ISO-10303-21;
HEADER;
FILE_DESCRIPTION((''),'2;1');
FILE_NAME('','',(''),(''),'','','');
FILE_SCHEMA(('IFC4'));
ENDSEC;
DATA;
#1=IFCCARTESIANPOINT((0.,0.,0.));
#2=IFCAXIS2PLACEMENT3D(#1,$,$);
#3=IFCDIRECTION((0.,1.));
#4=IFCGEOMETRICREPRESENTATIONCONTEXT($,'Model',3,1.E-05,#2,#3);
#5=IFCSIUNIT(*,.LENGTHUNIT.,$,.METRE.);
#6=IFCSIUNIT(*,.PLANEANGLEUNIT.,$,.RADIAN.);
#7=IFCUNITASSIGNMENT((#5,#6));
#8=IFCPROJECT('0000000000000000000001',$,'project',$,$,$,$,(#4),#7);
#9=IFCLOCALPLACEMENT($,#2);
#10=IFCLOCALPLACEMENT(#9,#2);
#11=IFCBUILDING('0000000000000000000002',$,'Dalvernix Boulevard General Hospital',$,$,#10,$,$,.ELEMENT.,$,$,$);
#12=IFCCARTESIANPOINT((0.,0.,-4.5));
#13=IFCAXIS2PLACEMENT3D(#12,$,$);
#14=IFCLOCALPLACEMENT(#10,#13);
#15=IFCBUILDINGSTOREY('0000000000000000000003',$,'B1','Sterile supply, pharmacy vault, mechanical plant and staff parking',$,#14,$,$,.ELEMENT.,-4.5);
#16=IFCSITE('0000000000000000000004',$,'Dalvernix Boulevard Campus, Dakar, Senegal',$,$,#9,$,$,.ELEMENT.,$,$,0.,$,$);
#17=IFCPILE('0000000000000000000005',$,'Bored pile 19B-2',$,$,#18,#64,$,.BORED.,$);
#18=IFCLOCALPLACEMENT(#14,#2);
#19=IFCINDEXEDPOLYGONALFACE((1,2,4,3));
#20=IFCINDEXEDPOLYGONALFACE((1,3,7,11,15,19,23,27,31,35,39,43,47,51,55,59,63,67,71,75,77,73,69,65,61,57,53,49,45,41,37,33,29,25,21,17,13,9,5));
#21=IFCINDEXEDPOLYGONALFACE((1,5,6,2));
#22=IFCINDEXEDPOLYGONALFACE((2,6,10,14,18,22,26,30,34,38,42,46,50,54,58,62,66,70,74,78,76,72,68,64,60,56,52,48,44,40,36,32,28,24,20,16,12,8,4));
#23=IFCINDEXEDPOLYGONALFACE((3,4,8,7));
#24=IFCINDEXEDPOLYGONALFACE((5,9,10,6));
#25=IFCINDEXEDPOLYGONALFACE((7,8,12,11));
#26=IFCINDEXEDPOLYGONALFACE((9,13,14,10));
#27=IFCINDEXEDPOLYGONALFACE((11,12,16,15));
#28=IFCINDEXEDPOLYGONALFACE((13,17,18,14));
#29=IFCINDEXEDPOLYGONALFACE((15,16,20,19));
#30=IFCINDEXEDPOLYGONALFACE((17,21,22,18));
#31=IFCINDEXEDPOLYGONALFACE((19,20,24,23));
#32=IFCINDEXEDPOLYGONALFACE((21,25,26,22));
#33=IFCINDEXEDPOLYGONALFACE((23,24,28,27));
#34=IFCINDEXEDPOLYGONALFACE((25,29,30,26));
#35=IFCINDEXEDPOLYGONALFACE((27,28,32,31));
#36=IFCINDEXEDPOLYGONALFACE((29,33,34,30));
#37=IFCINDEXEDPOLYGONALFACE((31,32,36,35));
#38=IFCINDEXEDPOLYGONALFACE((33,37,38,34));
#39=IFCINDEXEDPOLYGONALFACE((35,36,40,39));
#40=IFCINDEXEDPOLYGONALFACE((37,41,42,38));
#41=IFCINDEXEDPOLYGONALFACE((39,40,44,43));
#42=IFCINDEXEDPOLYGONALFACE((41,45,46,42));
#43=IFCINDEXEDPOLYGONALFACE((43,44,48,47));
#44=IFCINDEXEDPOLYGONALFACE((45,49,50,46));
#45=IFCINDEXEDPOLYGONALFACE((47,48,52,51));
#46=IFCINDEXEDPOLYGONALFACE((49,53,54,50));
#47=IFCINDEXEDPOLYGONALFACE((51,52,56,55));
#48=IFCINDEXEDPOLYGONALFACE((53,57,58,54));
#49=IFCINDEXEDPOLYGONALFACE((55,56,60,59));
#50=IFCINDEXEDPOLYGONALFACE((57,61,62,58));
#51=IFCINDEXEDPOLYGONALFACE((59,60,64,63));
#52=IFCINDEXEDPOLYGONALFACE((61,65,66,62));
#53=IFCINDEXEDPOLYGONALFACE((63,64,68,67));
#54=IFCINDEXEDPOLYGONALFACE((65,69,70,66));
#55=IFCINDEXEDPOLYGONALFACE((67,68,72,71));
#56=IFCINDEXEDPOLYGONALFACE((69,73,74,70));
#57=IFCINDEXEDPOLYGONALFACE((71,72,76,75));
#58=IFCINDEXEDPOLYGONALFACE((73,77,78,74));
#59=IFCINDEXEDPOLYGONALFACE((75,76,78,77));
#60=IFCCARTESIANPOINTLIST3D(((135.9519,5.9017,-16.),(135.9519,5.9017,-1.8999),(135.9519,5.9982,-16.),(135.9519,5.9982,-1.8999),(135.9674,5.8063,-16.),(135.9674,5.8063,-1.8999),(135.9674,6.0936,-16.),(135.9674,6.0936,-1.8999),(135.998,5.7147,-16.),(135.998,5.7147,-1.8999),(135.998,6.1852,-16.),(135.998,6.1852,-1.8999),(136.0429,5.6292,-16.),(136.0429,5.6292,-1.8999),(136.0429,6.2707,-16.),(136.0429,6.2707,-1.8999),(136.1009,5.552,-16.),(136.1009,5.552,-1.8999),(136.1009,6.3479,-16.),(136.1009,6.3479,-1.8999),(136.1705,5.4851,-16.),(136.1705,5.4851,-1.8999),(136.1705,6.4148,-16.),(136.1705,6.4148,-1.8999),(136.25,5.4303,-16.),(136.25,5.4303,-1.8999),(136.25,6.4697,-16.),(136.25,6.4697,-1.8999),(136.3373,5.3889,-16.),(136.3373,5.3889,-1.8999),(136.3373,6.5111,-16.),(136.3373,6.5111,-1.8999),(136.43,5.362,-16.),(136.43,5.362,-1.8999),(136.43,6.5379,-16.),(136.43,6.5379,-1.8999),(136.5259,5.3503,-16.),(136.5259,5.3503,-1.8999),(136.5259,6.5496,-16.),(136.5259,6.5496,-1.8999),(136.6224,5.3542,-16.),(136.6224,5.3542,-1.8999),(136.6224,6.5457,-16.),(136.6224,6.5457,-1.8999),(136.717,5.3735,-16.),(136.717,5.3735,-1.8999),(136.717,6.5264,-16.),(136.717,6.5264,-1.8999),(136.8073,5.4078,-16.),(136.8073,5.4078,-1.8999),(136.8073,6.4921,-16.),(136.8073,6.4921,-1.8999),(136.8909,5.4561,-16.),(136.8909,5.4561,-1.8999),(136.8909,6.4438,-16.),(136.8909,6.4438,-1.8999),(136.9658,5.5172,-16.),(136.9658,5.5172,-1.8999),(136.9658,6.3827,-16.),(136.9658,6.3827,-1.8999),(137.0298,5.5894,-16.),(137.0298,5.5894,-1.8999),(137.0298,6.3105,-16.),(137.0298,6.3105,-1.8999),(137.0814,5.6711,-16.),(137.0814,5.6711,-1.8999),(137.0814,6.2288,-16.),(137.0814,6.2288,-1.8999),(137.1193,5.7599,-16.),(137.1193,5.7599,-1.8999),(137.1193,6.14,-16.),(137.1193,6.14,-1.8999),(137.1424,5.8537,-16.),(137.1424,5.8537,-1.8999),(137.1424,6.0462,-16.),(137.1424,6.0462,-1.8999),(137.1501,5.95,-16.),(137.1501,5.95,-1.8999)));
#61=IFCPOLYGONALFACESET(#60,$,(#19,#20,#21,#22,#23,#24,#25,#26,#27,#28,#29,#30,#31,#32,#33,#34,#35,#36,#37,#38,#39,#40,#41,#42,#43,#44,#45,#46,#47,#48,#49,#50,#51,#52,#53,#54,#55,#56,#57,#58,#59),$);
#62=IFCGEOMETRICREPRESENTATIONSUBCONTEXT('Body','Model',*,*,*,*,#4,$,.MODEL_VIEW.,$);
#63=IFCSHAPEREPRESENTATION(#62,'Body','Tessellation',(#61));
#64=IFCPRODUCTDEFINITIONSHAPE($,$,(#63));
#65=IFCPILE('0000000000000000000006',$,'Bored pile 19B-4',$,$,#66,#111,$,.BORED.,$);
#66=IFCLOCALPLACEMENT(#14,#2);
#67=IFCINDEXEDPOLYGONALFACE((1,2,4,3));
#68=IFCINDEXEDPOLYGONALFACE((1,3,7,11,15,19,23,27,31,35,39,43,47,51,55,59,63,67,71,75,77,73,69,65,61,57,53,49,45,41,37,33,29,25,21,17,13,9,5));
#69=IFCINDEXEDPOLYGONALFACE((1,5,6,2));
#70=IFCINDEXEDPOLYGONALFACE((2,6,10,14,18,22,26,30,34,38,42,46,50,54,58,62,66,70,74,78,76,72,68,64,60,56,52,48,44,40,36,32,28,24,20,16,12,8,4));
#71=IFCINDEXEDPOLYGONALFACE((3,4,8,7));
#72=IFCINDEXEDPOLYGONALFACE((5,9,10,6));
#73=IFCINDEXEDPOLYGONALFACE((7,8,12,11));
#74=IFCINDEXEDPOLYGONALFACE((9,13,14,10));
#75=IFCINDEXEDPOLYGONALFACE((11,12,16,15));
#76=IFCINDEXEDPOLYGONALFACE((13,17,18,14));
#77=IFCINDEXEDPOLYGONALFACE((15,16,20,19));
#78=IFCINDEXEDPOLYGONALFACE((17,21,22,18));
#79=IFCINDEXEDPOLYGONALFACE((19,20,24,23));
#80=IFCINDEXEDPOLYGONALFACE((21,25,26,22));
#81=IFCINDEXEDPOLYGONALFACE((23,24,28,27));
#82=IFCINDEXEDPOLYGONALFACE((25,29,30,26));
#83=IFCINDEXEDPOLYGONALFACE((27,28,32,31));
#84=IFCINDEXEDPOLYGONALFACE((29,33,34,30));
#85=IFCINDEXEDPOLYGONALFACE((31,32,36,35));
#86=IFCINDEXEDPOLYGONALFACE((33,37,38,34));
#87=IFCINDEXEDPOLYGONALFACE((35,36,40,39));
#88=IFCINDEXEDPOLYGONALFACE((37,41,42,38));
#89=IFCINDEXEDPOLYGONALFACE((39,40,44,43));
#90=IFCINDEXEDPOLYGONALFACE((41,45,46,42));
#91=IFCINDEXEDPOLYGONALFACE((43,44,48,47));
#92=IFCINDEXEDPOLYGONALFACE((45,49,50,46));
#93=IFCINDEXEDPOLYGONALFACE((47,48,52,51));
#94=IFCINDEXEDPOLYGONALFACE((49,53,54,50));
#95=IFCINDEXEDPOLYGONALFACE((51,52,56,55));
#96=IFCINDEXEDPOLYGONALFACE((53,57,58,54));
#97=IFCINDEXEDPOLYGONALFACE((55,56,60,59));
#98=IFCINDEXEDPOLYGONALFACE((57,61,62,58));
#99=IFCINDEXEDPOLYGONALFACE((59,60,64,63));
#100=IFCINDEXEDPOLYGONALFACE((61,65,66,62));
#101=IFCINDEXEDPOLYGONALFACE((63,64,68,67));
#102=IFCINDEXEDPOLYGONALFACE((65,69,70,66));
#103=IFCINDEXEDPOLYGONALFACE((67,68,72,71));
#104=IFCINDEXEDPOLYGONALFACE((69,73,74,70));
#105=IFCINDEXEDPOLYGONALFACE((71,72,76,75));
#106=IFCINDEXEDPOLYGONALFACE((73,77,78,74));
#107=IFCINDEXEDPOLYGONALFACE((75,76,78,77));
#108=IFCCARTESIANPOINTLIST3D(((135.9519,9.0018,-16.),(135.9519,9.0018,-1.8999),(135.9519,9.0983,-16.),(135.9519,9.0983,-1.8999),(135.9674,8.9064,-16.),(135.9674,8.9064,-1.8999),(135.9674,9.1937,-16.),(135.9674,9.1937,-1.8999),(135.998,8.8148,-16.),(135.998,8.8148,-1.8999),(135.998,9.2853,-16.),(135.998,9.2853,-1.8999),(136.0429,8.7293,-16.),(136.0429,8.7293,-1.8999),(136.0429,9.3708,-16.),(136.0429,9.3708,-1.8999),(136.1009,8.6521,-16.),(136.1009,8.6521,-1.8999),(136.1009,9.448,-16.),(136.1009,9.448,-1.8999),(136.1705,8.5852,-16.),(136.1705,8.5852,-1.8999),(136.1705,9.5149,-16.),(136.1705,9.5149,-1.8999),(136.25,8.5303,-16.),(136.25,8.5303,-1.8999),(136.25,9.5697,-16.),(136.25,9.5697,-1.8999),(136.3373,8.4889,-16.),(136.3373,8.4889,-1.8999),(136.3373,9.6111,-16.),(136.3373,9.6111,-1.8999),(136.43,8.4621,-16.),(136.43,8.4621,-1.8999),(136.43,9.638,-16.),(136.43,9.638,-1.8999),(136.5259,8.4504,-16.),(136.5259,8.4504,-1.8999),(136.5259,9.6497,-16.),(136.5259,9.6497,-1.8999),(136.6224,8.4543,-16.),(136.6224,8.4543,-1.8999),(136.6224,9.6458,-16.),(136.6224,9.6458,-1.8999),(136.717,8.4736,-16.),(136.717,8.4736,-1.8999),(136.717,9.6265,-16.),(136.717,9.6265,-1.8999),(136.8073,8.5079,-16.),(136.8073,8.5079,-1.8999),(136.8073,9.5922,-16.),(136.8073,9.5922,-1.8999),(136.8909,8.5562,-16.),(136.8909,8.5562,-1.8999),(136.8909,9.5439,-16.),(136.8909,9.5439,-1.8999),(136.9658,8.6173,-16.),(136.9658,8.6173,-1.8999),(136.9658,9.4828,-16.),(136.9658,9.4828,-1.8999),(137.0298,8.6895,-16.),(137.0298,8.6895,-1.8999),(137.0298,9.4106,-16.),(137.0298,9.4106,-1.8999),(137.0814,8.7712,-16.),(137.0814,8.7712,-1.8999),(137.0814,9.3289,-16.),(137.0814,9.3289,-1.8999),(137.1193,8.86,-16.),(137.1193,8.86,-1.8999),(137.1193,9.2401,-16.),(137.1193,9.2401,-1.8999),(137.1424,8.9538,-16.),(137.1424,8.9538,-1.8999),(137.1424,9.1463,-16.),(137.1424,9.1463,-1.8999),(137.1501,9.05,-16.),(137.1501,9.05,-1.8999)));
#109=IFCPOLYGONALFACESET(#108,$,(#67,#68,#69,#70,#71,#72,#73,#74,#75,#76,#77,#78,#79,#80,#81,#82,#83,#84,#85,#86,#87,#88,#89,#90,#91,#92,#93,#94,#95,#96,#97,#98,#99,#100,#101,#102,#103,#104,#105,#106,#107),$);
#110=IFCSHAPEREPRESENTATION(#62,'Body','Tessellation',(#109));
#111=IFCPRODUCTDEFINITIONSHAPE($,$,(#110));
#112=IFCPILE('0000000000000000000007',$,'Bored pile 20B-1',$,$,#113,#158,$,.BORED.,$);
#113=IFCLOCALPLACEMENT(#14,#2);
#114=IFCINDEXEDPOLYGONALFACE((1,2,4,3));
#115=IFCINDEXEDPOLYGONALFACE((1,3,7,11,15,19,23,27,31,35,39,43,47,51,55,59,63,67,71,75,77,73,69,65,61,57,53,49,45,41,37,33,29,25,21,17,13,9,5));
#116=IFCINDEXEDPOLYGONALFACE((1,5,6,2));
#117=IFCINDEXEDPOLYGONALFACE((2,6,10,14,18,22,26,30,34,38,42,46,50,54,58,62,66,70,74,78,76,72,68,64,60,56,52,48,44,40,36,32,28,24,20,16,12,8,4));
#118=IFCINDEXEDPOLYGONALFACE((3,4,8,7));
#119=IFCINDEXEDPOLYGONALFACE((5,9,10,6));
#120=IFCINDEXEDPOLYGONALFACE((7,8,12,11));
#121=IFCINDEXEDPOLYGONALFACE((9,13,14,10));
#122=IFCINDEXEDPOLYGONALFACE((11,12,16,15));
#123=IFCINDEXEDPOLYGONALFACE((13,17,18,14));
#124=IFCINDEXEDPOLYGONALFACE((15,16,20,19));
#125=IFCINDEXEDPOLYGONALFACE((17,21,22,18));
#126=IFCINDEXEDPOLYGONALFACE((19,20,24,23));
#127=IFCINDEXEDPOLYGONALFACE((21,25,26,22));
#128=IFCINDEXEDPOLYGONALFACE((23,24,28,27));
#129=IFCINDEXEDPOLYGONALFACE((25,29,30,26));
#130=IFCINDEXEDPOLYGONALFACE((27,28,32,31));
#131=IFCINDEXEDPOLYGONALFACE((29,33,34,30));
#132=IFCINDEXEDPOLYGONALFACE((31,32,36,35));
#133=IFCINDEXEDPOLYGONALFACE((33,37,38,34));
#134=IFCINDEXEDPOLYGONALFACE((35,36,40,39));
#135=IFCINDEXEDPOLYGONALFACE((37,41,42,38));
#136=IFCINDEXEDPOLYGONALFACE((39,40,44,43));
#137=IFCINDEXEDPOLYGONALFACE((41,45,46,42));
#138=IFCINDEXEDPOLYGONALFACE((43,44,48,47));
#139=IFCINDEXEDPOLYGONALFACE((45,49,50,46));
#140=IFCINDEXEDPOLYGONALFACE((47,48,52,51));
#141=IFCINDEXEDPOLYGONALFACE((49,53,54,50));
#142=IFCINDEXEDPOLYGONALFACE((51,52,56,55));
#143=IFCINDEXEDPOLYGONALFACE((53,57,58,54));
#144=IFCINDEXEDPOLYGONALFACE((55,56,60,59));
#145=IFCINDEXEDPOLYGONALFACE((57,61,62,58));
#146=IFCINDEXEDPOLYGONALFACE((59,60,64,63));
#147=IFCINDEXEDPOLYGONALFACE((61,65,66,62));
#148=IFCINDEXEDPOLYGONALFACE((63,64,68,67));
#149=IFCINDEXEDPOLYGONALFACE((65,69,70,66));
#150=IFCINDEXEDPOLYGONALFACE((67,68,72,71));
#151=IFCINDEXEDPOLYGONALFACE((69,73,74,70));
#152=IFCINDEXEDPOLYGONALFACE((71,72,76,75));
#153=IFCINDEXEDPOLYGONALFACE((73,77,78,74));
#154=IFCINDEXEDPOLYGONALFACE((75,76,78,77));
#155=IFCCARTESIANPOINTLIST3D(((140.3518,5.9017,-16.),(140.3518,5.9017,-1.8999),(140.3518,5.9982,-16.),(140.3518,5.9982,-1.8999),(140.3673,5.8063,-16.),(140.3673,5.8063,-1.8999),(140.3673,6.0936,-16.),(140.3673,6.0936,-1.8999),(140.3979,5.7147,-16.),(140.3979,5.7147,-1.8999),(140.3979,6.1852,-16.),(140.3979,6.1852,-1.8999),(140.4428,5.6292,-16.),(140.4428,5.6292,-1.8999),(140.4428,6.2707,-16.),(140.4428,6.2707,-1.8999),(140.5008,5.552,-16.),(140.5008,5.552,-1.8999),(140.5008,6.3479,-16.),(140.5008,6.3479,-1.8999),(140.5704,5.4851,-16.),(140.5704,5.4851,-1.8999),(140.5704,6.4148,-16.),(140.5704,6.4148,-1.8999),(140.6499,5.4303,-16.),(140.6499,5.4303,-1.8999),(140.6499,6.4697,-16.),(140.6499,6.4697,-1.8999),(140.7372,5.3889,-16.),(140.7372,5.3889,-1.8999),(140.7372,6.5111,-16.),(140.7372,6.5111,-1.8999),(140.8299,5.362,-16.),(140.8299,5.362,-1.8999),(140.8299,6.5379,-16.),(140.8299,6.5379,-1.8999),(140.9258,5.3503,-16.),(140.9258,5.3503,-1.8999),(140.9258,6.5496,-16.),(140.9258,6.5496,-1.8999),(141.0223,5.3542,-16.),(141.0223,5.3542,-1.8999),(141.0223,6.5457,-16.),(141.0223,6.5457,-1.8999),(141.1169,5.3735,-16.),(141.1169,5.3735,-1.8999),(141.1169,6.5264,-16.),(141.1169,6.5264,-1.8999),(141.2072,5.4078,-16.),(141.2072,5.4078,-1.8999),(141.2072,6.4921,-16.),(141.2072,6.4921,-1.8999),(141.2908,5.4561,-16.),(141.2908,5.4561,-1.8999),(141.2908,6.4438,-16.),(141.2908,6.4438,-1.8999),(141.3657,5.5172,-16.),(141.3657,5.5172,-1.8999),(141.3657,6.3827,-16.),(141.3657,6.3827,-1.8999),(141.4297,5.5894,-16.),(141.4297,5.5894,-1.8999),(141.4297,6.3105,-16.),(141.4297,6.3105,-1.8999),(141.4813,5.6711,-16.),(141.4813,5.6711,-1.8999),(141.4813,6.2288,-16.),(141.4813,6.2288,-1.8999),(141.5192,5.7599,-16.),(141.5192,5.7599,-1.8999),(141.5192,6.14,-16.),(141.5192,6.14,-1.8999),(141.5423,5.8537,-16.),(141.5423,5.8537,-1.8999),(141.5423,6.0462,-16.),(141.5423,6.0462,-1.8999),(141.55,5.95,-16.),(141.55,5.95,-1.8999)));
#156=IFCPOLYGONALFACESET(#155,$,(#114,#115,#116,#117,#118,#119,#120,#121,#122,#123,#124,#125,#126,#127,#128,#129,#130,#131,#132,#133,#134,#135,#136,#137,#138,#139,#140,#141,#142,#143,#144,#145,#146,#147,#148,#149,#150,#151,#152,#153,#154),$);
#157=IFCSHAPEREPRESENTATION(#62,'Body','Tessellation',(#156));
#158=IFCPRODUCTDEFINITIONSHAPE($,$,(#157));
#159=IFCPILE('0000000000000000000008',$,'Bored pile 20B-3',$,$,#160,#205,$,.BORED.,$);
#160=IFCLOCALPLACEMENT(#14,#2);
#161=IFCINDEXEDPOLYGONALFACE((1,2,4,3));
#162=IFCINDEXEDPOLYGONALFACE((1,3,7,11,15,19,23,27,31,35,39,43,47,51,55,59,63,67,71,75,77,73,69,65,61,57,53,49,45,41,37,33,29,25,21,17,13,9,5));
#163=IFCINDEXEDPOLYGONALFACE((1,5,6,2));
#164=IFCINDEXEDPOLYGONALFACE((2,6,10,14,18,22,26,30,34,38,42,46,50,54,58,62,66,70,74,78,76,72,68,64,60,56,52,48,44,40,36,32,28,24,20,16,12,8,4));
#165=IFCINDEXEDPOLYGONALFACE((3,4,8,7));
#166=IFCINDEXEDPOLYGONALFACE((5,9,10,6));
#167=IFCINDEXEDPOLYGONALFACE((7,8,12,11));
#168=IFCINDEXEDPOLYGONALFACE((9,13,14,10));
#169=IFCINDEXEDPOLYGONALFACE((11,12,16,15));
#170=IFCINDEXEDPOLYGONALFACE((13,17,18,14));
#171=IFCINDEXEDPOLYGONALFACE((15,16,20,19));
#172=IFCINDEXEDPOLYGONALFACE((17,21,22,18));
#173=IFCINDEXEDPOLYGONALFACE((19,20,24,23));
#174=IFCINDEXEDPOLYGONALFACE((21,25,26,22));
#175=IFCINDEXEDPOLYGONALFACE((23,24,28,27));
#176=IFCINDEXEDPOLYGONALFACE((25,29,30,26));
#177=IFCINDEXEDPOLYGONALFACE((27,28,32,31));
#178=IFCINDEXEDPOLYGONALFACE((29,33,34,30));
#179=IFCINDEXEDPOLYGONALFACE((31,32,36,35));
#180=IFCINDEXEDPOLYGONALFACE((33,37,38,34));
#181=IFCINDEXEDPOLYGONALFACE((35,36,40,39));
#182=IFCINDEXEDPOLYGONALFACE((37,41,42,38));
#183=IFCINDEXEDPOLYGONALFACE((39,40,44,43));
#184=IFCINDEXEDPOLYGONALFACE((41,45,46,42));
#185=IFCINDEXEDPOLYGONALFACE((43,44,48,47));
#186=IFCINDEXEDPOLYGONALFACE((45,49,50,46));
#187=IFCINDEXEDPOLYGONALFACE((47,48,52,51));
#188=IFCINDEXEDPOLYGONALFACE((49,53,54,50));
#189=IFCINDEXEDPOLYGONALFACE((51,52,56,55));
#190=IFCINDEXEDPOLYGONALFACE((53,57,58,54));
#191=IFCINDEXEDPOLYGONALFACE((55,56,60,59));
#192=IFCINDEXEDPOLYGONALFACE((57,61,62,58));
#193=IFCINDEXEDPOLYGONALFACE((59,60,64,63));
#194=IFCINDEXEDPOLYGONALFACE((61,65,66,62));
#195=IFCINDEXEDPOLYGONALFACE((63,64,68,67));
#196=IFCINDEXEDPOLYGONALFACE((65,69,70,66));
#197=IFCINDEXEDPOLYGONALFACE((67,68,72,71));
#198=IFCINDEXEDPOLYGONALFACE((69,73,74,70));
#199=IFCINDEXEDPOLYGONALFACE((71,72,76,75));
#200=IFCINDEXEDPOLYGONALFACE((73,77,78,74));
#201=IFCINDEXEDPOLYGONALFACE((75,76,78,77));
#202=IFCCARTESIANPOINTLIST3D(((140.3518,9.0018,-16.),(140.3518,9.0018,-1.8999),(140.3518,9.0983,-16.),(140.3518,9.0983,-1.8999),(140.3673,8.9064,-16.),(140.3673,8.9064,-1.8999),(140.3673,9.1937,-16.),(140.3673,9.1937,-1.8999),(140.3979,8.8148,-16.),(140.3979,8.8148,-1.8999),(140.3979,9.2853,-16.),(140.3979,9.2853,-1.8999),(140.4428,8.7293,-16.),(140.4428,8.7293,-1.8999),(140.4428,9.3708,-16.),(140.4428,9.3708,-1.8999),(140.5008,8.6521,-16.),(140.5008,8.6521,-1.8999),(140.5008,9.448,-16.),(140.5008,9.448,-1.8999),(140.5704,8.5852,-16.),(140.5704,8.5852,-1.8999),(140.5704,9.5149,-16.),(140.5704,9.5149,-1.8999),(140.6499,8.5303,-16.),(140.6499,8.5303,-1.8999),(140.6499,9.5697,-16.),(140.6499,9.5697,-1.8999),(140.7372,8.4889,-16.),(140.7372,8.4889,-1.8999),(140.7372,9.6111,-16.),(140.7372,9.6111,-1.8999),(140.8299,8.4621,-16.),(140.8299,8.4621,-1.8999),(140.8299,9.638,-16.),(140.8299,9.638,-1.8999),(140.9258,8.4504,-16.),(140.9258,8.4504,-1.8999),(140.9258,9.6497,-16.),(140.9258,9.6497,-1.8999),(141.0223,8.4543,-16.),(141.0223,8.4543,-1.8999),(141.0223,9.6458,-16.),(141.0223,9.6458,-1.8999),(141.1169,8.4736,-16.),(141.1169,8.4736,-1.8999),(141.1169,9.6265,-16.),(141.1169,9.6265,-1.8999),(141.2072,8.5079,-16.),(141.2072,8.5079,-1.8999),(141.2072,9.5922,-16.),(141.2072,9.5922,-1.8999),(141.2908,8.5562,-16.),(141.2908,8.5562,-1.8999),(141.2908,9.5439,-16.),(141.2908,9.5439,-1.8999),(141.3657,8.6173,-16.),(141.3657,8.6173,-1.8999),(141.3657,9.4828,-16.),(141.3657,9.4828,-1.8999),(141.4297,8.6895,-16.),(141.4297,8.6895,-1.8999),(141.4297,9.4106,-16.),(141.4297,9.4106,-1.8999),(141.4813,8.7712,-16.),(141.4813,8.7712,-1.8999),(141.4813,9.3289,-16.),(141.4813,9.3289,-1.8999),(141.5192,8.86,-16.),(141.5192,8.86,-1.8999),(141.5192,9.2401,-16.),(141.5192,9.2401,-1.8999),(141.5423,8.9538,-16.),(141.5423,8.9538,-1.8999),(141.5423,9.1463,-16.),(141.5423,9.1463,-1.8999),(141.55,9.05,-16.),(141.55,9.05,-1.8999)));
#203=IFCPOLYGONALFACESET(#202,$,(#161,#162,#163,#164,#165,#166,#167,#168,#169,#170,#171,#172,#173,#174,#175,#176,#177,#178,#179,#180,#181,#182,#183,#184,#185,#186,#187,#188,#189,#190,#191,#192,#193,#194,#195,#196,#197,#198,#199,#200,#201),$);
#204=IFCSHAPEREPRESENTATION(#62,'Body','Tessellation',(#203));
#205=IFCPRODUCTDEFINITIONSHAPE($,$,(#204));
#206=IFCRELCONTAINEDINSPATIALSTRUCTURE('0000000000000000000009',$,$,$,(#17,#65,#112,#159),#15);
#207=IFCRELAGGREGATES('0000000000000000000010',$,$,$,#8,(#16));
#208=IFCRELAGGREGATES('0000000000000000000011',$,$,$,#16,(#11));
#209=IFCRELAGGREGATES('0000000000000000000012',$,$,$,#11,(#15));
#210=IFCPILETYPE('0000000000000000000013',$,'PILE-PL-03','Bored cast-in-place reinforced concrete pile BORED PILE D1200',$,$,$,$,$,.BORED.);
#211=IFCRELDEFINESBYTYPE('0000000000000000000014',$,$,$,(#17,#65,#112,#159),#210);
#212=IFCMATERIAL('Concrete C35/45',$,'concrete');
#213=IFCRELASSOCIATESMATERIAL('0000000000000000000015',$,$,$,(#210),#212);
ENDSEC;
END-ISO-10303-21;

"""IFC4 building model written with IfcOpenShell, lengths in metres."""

from ifc_helpers import new_model, si_unit, direction, frame, origin, origin_2d, place, context, subcontext, project, spatial, circle, extrude, material, material_profile, profile_set, type_object, element, save


model = new_model("IFC4")

# Units and contexts
model_context = context("Model", 3, precision=1e-05, world=origin(), true_north=direction((0.0, 1.0)))
body_context = subcontext(model_context, "Body", "Model", "MODEL_VIEW")
ifc_project = project(units=[si_unit("LENGTHUNIT", "METRE"), si_unit("PLANEANGLEUNIT", "RADIAN")], contexts=[model_context])

# Site, building, storey
site_placement = place(None, origin())
site = spatial("IfcSite", under=ifc_project, at=site_placement, Name="Dalvernix Boulevard Campus, Dakar, Senegal", CompositionType="ELEMENT", RefElevation=0.0)
building_placement = place(site_placement, origin())
building = spatial("IfcBuilding", under=site, at=building_placement, Name="Dalvernix Boulevard General Hospital", CompositionType="ELEMENT")
storey_placement = place(building_placement, frame((0.0, 0.0, -4.5)))
storey = spatial("IfcBuildingStorey", under=building, at=storey_placement, Name="B1", Description="Sterile supply, pharmacy vault, mechanical plant and staff parking", CompositionType="ELEMENT", Elevation=-4.5)

# Shared definitions
ifc_material_1 = material(Name="Concrete C35/45", Category="concrete")

# Piles
ifc_material_profile_1 = material_profile(ifc_material_1, circle(Radius=0.6001, at=origin_2d()), Name="BORED PILE D1200")
ifc_profile_set_1 = profile_set([ifc_material_profile_1], Name="Concrete C35/45")
pile_type_1 = type_object("IfcPileType", Name="PILE-PL-03", Description="Bored cast-in-place reinforced concrete pile BORED PILE D1200", PredefinedType="BORED", material=ifc_profile_set_1)
for number, where, z_axis, x_axis, name in (
    (1, (136.55, 5.95, -1.8999), (0.0, 0.0, -1.0), (1.0, 0.0, 0.0), "Bored pile 19B-2"),
    (2, (136.55, 9.05, -1.8999), (0.0, 0.0, -1.0), (1.0, 0.0, 0.0), "Bored pile 19B-4"),
    (3, (140.95, 5.95, -1.8999), (0.0, 0.0, -1.0), (1.0, 0.0, 0.0), "Bored pile 20B-1"),
    (4, (140.95, 9.05, -1.8999), (0.0, 0.0, -1.0), (1.0, 0.0, 0.0), "Bored pile 20B-3"),
):
    element("IfcPile", number, at=place(storey_placement, frame(where, z_axis=z_axis, x_axis=x_axis)), inside=storey, type_object=pile_type_1, Name=name, PredefinedType="BORED", context=body_context, shape_type="SweptSolid", body=[
        extrude(circle(Radius=0.6001, at=origin_2d()), origin(), (0.0, 0.0, 1.0), 14.1001),
    ])

save(model, "model.ifc")
